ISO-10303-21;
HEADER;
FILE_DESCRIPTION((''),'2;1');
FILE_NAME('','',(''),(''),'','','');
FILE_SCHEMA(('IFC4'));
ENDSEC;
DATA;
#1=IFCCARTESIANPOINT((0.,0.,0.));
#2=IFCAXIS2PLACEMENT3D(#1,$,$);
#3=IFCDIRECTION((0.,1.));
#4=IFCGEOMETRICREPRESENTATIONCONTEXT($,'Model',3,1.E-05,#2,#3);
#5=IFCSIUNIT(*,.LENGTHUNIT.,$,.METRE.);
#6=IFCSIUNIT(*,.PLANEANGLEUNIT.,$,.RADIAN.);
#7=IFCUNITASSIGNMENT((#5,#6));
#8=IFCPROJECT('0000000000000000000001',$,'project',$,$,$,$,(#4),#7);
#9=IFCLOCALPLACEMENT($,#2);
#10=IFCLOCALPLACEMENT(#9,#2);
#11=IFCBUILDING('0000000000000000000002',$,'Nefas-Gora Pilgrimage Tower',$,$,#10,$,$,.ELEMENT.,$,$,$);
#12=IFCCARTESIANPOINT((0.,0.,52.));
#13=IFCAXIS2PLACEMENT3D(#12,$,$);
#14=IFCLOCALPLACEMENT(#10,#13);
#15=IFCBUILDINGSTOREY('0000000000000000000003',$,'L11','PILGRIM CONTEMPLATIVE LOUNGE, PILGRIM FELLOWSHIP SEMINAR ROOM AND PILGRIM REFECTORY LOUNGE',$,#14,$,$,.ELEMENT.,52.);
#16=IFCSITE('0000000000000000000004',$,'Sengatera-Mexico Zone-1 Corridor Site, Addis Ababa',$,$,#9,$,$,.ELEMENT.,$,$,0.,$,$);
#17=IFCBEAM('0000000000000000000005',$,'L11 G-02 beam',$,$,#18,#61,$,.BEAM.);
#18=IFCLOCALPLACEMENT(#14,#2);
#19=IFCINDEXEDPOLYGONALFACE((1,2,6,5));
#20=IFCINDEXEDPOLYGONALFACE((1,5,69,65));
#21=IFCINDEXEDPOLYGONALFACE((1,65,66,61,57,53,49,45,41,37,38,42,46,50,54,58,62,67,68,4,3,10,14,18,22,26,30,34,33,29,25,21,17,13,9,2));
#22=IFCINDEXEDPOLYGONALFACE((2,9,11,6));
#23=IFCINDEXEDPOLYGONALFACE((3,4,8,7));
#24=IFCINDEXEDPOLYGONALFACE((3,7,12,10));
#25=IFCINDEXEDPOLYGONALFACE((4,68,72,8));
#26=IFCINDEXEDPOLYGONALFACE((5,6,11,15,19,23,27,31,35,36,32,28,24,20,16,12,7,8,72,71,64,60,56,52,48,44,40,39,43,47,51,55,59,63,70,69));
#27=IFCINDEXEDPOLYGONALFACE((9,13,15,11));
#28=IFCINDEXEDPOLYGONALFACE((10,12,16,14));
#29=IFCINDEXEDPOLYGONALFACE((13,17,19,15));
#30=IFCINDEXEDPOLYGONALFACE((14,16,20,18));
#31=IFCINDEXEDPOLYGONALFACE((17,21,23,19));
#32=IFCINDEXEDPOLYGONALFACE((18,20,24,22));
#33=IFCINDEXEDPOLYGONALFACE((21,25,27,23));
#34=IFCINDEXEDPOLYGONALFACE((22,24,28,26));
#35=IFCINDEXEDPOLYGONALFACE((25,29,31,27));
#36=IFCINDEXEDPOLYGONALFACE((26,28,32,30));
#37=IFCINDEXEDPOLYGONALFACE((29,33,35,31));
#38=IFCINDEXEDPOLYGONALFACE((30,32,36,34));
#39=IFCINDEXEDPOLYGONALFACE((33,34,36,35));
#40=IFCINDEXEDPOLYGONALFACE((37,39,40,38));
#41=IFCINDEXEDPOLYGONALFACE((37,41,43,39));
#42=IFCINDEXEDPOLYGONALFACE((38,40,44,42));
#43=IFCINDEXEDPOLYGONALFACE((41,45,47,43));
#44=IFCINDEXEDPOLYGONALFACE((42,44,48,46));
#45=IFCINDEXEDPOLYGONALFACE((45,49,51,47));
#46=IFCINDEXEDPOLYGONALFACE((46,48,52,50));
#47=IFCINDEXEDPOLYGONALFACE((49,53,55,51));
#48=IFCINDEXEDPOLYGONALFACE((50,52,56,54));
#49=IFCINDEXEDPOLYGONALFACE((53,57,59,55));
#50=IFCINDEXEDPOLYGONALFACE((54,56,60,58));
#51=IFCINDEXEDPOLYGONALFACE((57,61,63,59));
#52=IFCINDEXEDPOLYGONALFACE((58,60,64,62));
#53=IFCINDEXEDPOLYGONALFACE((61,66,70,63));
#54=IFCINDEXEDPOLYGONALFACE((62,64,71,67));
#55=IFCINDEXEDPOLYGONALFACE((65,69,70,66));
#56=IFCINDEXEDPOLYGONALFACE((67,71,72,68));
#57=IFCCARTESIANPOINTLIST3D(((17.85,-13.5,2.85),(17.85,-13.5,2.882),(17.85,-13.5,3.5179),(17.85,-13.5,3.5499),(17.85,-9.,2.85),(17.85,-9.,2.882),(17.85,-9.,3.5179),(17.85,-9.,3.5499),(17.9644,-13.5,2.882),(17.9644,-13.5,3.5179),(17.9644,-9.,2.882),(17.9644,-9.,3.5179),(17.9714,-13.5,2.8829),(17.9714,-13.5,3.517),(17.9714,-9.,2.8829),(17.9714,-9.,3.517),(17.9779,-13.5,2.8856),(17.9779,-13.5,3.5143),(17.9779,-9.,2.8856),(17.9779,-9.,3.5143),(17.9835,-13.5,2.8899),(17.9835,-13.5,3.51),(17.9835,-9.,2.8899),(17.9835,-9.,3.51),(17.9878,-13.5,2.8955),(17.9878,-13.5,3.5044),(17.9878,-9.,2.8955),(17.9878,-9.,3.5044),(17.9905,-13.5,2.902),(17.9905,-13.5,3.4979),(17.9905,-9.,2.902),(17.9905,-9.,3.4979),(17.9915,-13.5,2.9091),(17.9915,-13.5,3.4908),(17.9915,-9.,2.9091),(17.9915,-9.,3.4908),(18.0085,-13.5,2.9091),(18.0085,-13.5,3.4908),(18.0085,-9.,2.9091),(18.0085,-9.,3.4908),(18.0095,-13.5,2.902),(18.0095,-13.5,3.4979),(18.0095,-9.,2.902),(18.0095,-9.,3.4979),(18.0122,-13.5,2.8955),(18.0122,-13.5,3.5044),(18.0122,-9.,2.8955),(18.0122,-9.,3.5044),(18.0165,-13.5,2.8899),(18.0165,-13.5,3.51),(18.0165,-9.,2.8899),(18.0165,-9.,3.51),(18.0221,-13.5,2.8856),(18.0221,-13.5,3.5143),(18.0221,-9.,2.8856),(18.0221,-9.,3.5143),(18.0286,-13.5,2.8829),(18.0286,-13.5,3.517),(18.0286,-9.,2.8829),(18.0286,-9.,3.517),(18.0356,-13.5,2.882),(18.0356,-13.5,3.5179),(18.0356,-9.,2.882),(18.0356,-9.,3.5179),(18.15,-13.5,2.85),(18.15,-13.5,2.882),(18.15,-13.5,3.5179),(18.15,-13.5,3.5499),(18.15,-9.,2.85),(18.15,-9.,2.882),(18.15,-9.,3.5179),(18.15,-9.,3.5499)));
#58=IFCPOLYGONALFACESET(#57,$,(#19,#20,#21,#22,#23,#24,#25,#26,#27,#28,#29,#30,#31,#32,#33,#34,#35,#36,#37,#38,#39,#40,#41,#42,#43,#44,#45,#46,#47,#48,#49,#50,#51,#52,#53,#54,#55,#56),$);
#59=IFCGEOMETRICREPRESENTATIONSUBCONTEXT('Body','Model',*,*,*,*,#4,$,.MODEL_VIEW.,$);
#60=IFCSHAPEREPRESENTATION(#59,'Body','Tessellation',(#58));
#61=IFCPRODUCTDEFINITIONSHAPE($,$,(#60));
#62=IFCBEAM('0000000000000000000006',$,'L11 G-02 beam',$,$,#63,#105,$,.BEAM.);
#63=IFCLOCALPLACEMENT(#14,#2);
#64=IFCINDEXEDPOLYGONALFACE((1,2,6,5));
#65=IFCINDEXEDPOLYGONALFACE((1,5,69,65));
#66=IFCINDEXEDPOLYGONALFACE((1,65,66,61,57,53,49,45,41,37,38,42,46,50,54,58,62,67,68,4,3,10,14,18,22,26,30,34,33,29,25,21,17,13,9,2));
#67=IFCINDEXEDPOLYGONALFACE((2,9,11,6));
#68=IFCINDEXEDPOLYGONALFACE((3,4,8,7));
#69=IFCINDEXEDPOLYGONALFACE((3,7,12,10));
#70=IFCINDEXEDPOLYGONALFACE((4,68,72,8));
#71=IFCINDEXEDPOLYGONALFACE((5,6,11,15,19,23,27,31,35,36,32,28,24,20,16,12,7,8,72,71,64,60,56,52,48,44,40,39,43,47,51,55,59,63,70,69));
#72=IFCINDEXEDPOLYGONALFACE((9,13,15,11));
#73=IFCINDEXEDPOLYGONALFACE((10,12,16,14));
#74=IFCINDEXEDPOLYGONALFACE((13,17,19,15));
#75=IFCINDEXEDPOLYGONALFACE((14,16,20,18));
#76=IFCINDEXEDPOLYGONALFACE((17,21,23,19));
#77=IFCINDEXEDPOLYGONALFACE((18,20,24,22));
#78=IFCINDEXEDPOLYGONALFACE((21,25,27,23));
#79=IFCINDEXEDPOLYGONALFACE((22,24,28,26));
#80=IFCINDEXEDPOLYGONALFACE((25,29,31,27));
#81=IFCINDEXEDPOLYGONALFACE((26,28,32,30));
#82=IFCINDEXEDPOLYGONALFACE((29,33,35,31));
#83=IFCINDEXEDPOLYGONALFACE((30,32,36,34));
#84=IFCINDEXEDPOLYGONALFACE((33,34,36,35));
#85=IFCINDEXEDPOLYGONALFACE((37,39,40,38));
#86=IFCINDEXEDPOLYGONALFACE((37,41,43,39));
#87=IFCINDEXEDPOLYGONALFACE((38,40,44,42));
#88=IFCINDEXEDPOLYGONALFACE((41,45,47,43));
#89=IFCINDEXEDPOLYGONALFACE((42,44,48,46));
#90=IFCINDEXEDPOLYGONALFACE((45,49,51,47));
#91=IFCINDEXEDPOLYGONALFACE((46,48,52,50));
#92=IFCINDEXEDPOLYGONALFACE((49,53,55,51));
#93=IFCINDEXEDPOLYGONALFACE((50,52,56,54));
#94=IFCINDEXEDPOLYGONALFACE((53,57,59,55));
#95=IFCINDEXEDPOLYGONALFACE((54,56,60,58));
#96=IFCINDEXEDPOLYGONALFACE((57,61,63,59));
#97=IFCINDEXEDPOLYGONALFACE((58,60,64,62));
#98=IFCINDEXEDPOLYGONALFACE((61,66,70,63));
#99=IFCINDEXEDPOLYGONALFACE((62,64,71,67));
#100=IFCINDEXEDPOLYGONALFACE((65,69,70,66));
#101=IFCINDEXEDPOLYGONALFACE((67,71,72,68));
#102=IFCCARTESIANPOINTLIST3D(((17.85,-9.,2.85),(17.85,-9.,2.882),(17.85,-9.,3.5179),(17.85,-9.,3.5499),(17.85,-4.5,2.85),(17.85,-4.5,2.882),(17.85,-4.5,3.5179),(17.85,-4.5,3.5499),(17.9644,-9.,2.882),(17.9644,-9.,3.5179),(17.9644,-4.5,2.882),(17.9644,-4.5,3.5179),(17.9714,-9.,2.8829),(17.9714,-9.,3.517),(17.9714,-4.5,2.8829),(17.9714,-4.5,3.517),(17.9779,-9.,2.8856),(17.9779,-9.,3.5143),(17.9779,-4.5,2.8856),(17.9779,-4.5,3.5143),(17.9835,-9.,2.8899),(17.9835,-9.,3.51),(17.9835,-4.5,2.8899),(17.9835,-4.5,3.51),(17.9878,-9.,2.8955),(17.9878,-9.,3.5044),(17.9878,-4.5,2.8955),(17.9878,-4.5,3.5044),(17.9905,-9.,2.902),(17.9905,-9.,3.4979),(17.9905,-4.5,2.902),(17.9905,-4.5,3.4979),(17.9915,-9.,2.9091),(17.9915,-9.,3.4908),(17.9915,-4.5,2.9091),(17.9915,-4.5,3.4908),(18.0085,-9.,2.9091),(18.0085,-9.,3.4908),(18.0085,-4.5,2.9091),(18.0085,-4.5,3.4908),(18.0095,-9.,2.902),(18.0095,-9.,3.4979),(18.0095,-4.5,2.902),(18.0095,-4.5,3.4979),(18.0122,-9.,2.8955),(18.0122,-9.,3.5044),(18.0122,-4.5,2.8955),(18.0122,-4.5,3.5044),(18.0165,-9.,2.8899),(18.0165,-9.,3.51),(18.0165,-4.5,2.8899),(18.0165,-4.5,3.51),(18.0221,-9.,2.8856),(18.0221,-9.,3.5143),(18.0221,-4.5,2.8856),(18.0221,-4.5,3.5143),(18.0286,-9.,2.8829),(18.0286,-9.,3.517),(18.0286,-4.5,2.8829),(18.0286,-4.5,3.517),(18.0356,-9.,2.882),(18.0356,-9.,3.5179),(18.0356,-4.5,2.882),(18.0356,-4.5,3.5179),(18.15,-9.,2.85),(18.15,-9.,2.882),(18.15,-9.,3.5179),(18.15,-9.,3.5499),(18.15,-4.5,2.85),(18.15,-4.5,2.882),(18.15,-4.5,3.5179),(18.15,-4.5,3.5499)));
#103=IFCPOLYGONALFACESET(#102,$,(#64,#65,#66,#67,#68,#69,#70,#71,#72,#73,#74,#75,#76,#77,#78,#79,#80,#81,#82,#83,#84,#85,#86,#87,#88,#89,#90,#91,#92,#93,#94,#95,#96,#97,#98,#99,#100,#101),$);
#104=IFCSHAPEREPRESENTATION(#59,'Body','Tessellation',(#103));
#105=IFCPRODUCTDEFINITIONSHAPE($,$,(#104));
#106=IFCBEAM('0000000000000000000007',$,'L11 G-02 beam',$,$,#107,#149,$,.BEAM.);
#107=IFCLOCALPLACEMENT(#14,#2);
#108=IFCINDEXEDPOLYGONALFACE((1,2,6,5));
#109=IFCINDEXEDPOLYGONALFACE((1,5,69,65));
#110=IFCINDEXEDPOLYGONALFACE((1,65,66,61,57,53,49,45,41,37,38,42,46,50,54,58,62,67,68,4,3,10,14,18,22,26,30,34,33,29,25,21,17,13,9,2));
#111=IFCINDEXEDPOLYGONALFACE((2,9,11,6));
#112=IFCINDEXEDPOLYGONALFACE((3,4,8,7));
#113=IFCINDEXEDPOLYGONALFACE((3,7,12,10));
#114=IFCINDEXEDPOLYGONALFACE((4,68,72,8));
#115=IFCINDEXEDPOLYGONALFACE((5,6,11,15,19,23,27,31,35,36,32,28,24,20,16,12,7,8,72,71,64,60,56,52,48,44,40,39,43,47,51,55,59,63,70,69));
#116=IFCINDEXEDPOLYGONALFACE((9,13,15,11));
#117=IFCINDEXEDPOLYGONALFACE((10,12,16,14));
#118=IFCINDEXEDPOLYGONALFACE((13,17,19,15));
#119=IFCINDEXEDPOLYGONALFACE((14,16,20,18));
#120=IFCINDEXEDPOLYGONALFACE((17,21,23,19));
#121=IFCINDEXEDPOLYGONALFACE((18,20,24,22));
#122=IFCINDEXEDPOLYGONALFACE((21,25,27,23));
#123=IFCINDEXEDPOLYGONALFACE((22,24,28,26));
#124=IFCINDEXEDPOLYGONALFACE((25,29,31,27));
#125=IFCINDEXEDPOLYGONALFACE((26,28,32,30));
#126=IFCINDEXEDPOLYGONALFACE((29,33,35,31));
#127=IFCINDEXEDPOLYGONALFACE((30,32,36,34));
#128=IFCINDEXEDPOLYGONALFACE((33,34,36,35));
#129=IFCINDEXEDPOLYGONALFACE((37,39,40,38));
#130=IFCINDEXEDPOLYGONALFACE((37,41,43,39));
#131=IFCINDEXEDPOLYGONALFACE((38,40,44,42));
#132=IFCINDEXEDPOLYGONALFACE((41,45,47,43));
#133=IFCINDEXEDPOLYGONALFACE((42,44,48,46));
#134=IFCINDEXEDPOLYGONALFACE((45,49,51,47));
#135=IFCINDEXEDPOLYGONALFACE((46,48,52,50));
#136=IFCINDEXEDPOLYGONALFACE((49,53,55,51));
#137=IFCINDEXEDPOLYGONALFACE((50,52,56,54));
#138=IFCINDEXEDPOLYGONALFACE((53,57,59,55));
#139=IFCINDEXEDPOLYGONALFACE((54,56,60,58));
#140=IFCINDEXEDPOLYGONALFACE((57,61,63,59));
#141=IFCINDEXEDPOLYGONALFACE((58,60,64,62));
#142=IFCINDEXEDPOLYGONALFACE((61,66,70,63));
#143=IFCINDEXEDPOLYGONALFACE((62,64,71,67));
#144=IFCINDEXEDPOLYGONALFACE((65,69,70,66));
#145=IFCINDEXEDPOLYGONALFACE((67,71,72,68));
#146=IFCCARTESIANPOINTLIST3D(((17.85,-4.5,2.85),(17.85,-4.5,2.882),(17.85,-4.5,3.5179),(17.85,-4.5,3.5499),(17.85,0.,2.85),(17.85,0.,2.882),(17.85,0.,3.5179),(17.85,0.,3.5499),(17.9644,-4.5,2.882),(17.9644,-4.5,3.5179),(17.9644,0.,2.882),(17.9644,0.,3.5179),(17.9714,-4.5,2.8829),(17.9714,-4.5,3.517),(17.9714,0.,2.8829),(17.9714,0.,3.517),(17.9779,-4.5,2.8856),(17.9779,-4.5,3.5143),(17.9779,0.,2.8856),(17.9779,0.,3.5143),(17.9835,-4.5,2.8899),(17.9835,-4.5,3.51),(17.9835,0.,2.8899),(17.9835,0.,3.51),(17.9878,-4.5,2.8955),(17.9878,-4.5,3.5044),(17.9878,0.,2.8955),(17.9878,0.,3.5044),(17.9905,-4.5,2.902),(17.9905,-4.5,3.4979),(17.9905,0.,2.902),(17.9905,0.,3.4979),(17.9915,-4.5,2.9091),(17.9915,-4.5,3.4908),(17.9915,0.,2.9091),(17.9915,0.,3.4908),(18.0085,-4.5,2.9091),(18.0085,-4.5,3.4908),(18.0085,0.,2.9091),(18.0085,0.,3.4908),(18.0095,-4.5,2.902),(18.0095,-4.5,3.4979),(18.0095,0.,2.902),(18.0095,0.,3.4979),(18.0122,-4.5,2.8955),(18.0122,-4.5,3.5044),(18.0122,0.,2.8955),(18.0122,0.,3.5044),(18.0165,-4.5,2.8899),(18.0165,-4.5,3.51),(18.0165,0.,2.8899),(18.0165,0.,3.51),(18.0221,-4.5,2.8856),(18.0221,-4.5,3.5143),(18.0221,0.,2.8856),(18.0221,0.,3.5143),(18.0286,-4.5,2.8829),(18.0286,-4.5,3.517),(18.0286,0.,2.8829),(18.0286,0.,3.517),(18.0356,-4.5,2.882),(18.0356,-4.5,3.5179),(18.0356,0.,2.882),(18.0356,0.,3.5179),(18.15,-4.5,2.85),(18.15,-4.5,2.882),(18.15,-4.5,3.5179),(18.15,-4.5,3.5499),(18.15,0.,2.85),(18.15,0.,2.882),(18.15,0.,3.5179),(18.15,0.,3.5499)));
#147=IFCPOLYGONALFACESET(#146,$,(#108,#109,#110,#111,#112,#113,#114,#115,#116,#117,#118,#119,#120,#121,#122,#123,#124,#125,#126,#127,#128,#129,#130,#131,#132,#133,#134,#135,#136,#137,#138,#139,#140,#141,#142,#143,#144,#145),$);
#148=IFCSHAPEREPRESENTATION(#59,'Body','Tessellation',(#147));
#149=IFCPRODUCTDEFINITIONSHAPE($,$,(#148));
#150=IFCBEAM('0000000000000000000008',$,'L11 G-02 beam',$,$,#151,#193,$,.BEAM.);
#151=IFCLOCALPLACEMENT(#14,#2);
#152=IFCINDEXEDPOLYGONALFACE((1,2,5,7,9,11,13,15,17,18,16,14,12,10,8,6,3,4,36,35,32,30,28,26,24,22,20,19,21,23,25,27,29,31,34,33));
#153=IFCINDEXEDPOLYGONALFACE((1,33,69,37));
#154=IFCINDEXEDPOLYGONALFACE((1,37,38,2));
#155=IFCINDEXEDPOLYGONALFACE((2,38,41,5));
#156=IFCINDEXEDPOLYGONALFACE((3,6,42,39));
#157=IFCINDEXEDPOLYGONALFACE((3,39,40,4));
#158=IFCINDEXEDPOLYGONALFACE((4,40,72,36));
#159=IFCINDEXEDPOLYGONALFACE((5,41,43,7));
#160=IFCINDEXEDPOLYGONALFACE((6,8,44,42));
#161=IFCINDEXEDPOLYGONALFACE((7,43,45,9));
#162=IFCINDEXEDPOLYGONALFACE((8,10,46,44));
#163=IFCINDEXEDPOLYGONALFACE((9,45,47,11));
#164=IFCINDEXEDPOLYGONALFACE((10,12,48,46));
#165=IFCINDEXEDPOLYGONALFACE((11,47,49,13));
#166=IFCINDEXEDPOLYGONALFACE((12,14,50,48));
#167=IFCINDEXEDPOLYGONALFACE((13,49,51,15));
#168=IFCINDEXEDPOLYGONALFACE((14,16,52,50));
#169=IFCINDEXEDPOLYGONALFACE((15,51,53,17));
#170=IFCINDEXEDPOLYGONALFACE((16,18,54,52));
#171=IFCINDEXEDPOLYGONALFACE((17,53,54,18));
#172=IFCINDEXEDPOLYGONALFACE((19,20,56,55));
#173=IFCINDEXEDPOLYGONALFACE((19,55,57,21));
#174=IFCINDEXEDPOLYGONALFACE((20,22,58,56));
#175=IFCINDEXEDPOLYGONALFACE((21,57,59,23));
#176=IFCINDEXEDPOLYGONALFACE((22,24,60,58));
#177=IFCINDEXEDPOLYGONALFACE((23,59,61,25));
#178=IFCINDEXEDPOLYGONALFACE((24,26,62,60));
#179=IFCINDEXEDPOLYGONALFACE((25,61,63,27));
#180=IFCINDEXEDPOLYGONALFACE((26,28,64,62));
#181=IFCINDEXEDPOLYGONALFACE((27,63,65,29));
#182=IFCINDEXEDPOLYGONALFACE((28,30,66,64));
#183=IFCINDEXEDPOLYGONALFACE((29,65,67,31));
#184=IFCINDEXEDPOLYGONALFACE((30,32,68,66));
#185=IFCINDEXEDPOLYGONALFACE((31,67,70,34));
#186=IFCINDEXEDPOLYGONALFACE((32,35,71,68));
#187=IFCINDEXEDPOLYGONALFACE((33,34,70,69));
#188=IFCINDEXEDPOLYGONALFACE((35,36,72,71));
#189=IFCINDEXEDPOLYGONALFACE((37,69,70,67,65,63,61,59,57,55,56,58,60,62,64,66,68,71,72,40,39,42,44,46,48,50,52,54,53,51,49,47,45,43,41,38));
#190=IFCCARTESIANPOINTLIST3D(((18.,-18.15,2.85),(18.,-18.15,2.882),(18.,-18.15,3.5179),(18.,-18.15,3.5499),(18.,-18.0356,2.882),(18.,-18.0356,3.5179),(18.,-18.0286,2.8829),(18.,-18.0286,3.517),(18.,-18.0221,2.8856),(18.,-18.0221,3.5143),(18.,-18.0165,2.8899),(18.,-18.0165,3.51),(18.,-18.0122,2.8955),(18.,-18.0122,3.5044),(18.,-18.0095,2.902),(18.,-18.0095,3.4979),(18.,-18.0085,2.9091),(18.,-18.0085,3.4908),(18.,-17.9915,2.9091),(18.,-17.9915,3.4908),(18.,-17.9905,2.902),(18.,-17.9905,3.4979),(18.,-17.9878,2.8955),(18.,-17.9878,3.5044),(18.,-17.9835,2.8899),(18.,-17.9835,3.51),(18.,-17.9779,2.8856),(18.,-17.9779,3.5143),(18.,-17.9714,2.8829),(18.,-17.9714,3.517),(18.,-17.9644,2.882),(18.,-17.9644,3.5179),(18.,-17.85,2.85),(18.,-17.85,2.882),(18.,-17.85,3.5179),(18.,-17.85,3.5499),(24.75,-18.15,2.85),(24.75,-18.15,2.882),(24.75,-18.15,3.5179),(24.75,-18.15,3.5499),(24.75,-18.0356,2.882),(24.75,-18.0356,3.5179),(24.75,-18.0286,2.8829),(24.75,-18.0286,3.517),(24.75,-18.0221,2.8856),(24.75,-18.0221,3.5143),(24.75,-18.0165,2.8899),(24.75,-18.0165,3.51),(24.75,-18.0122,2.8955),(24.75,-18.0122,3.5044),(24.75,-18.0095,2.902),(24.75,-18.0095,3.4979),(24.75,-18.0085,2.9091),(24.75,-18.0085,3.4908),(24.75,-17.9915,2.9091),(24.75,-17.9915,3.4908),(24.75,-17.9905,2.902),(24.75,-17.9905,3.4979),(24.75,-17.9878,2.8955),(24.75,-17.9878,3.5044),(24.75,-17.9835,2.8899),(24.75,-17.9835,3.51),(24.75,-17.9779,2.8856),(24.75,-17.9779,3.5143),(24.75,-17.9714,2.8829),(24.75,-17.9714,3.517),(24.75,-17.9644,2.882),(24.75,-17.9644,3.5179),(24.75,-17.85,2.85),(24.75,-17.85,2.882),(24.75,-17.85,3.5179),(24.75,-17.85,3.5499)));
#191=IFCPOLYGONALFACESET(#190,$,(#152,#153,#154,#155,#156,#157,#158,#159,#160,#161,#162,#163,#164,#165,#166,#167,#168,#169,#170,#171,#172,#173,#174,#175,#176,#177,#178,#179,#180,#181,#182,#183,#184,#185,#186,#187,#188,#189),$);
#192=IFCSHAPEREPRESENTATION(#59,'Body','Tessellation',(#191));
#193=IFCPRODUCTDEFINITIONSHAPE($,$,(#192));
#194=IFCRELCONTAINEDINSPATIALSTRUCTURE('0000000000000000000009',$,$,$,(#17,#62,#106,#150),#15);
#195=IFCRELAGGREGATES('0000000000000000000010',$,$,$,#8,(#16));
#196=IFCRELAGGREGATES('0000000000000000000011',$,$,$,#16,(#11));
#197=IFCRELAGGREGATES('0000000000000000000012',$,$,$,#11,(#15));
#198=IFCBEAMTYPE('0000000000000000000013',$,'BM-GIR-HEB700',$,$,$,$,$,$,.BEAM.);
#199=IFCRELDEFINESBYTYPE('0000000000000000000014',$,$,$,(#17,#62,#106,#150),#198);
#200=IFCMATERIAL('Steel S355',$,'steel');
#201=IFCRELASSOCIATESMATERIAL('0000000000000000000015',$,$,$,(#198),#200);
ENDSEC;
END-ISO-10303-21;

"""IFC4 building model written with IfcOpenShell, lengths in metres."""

from ifc_helpers import new_model, si_unit, direction, frame, origin, origin_2d, place, context, subcontext, project, spatial, i_section, extrude, source, transform, mapped, material, material_profile, profile_set, type_object, element, save


model = new_model("IFC4")

# Units and contexts
model_context = context("Model", 3, precision=1e-05, world=origin(), true_north=direction((0.0, 1.0)))
body_context = subcontext(model_context, "Body", "Model", "MODEL_VIEW")
ifc_project = project(units=[si_unit("LENGTHUNIT", "METRE"), si_unit("PLANEANGLEUNIT", "RADIAN")], contexts=[model_context])

# Site, building, storey
site_placement = place(None, origin())
site = spatial("IfcSite", under=ifc_project, at=site_placement, Name="Sengatera-Mexico Zone-1 Corridor Site, Addis Ababa", CompositionType="ELEMENT", RefElevation=0.0)
building_placement = place(site_placement, origin())
building = spatial("IfcBuilding", under=site, at=building_placement, Name="Nefas-Gora Pilgrimage Tower", CompositionType="ELEMENT")
storey_placement = place(building_placement, frame((0.0, 0.0, 52.0)))
storey = spatial("IfcBuildingStorey", under=building, at=storey_placement, Name="L11", Description="PILGRIM CONTEMPLATIVE LOUNGE, PILGRIM FELLOWSHIP SEMINAR ROOM AND PILGRIM REFECTORY LOUNGE", CompositionType="ELEMENT", Elevation=52.0)

# Beams
ifc_material_1 = material(Name="Steel S355", Category="steel")
ifc_material_profile_1 = material_profile(ifc_material_1, i_section(OverallWidth=0.3, OverallDepth=0.7, WebThickness=0.0171, FlangeThickness=0.032, FilletRadius=0.0271, at=origin_2d()), Name="HEB 700")
ifc_profile_set_1 = profile_set([ifc_material_profile_1], Name="Steel S355")
beam_type_1 = type_object("IfcBeamType", Name="BM-GIR-HEB700", PredefinedType="BEAM", material=ifc_profile_set_1)
shared_shape_1 = source(origin(), body_context, "Body", "SweptSolid", [
    extrude(i_section(OverallWidth=0.3, OverallDepth=0.7, WebThickness=0.0171, FlangeThickness=0.032, FilletRadius=0.0271, at=origin_2d()), origin(), (0.0, 0.0, 1.0), 4.5),
])
for number, where, z_axis, x_axis, name in (
    (1, (18.0, -13.5, 3.2), (0.0, 1.0, 0.0), (-1.0, 0.0, 0.0), "L11 G-02 beam"),
    (2, (18.0, -9.0, 3.2), (0.0, 1.0, 0.0), (-1.0, 0.0, 0.0), "L11 G-02 beam"),
    (3, (18.0, -4.5, 3.2), (0.0, 1.0, 0.0), (-1.0, 0.0, 0.0), "L11 G-02 beam"),
):
    element("IfcBeam", number, at=place(storey_placement, frame(where, z_axis=z_axis, x_axis=x_axis)), inside=storey, type_object=beam_type_1, Name=name, PredefinedType="BEAM", context=body_context, shape_type="MappedRepresentation", body=[
        mapped(shared_shape_1, transform((0.0, 0.0, 0.0), x_axis=(1.0, 0.0, 0.0), y_axis=(0.0, 1.0, 0.0), z_axis=(0.0, 0.0, 1.0), scale=1.0)),
    ])
shared_shape_2 = source(origin(), body_context, "Body", "SweptSolid", [
    extrude(i_section(OverallWidth=0.3, OverallDepth=0.7, WebThickness=0.0171, FlangeThickness=0.032, FilletRadius=0.0271, at=origin_2d()), origin(), (0.0, 0.0, 1.0), 6.75),
])
for number, where, z_axis, x_axis, name in (
    (4, (18.0, -18.0, 3.2), (1.0, 0.0, 0.0), (0.0, 1.0, 0.0), "L11 G-02 beam"),
):
    element("IfcBeam", number, at=place(storey_placement, frame(where, z_axis=z_axis, x_axis=x_axis)), inside=storey, type_object=beam_type_1, Name=name, PredefinedType="BEAM", context=body_context, shape_type="MappedRepresentation", body=[
        mapped(shared_shape_2, transform((0.0, 0.0, 0.0), x_axis=(1.0, 0.0, 0.0), y_axis=(0.0, 1.0, 0.0), z_axis=(0.0, 0.0, 1.0), scale=1.0)),
    ])

save(model, "model.ifc")
